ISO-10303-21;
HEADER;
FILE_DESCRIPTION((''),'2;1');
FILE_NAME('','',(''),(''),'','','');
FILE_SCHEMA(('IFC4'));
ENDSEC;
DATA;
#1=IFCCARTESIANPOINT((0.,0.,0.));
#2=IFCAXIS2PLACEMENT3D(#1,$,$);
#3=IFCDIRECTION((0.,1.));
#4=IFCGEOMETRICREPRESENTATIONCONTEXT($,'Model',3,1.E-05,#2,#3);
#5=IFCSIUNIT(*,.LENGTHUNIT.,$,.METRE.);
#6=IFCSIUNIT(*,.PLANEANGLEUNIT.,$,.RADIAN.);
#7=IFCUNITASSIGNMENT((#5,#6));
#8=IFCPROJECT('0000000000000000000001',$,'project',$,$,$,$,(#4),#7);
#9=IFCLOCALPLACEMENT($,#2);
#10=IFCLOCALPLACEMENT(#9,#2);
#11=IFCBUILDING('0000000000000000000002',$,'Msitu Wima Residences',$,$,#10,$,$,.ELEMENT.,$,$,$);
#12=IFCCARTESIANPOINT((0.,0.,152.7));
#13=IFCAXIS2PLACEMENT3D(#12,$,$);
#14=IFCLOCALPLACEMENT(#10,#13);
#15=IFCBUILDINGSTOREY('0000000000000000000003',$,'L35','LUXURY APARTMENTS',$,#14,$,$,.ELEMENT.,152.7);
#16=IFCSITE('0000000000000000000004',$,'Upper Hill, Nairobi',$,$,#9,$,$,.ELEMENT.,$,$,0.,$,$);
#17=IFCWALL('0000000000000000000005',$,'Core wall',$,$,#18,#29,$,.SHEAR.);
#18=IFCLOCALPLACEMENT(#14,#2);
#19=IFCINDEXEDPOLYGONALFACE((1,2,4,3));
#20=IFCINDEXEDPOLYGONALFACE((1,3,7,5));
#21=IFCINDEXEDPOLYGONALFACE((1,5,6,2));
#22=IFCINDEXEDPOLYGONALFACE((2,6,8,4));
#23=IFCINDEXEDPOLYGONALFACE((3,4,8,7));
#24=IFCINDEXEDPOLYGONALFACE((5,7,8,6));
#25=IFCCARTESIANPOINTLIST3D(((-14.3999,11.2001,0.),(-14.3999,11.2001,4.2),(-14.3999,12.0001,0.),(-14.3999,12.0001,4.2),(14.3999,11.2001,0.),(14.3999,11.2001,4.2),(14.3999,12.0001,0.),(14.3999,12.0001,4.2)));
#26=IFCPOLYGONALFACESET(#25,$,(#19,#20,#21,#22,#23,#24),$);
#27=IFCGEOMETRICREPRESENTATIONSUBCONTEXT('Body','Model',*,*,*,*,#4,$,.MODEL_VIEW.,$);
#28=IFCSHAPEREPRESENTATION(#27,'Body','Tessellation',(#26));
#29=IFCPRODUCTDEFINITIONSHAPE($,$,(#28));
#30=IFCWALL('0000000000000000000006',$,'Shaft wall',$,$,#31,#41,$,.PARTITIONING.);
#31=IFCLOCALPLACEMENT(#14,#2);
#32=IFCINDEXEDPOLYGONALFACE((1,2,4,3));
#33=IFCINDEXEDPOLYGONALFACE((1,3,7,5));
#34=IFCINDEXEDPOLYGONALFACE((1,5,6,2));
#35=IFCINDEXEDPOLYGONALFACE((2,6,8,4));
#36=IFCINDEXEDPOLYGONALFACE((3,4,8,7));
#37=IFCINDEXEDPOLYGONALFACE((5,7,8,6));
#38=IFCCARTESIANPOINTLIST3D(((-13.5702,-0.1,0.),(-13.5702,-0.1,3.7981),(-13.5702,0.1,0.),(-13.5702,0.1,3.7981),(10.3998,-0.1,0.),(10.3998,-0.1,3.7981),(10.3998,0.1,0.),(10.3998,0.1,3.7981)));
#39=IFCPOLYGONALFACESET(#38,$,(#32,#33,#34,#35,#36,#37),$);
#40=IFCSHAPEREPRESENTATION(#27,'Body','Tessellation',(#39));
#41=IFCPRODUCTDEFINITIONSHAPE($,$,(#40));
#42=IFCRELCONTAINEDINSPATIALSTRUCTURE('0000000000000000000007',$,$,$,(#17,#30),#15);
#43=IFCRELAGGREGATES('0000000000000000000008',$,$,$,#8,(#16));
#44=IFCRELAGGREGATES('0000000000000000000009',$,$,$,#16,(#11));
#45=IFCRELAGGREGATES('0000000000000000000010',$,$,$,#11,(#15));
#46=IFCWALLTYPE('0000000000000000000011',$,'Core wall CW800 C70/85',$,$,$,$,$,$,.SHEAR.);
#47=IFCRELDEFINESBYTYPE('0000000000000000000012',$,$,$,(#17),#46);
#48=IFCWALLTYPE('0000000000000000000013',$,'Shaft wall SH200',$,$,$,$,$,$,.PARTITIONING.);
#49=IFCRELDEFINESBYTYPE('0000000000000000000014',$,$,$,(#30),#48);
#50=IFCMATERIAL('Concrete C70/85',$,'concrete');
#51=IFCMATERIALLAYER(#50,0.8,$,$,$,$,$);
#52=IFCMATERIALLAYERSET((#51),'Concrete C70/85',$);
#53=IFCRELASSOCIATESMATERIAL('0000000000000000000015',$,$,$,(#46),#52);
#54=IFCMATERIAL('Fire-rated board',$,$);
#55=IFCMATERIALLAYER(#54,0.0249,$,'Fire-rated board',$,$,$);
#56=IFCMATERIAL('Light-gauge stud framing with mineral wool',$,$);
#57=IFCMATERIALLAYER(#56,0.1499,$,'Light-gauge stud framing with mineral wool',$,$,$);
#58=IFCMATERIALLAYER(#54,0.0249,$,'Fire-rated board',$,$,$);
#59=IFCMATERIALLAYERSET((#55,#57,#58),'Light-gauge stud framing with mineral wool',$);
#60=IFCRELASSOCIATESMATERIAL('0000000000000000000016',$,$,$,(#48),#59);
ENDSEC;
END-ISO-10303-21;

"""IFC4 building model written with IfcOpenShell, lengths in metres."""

from ifc_helpers import new_model, si_unit, direction, frame, frame_2d, origin, place, context, subcontext, project, spatial, rectangle, extrude, material, layer, layer_set, type_object, element, save


model = new_model("IFC4")

# Units and contexts
model_context = context("Model", 3, precision=1e-05, world=origin(), true_north=direction((0.0, 1.0)))
body_context = subcontext(model_context, "Body", "Model", "MODEL_VIEW")
ifc_project = project(units=[si_unit("LENGTHUNIT", "METRE"), si_unit("PLANEANGLEUNIT", "RADIAN")], contexts=[model_context])

# Site, building, storey
site_placement = place(None, origin())
site = spatial("IfcSite", under=ifc_project, at=site_placement, Name="Upper Hill, Nairobi", CompositionType="ELEMENT", RefElevation=0.0)
building_placement = place(site_placement, origin())
building = spatial("IfcBuilding", under=site, at=building_placement, Name="Msitu Wima Residences", CompositionType="ELEMENT")
storey_placement = place(building_placement, frame((0.0, 0.0, 152.7)))
storey = spatial("IfcBuildingStorey", under=building, at=storey_placement, Name="L35", Description="LUXURY APARTMENTS", CompositionType="ELEMENT", Elevation=152.7)

# Walls
ifc_material_1 = material(Name="Concrete C70/85", Category="concrete")
ifc_layer_1 = layer(ifc_material_1, 0.8)
ifc_layer_set_1 = layer_set([ifc_layer_1], Name="Concrete C70/85")
wall_type_1 = type_object("IfcWallType", Name="Core wall CW800 C70/85", PredefinedType="SHEAR", material=ifc_layer_set_1)
wall_1_placement = place(storey_placement, frame((-14.3999, 11.6001, 0.0), z_axis=(0.0, 0.0, 1.0), x_axis=(1.0, 0.0, 0.0)))
element("IfcWall", 1, at=wall_1_placement, inside=storey, type_object=wall_type_1, Name="Core wall", PredefinedType="SHEAR", context=body_context, shape_type="SweptSolid", body=[
    extrude(rectangle(XDim=28.7998, YDim=0.8, at=frame_2d((14.3999, 0.0))), origin(), (0.0, 0.0, 1.0), 4.2),
])
ifc_material_2 = material(Name="Fire-rated board")
ifc_layer_2 = layer(ifc_material_2, 0.0249, Name="Fire-rated board")
ifc_material_3 = material(Name="Light-gauge stud framing with mineral wool")
ifc_layer_3 = layer(ifc_material_3, 0.1499, Name="Light-gauge stud framing with mineral wool")
ifc_layer_4 = layer(ifc_material_2, 0.0249, Name="Fire-rated board")
ifc_layer_set_2 = layer_set([ifc_layer_2, ifc_layer_3, ifc_layer_4], Name="Light-gauge stud framing with mineral wool")
wall_type_2 = type_object("IfcWallType", Name="Shaft wall SH200", PredefinedType="PARTITIONING", material=ifc_layer_set_2)
wall_2_placement = place(storey_placement, frame((-13.5701, 0.0, 0.0), z_axis=(0.0, 0.0, 1.0), x_axis=(1.0, 0.0, 0.0)))
element("IfcWall", 2, at=wall_2_placement, inside=storey, type_object=wall_type_2, Name="Shaft wall", PredefinedType="PARTITIONING", context=body_context, shape_type="SweptSolid", body=[
    extrude(rectangle(XDim=23.97, YDim=0.2, at=frame_2d((11.9849, 0.0))), origin(), (0.0, 0.0, 1.0), 3.7981),
])

save(model, "model.ifc")
